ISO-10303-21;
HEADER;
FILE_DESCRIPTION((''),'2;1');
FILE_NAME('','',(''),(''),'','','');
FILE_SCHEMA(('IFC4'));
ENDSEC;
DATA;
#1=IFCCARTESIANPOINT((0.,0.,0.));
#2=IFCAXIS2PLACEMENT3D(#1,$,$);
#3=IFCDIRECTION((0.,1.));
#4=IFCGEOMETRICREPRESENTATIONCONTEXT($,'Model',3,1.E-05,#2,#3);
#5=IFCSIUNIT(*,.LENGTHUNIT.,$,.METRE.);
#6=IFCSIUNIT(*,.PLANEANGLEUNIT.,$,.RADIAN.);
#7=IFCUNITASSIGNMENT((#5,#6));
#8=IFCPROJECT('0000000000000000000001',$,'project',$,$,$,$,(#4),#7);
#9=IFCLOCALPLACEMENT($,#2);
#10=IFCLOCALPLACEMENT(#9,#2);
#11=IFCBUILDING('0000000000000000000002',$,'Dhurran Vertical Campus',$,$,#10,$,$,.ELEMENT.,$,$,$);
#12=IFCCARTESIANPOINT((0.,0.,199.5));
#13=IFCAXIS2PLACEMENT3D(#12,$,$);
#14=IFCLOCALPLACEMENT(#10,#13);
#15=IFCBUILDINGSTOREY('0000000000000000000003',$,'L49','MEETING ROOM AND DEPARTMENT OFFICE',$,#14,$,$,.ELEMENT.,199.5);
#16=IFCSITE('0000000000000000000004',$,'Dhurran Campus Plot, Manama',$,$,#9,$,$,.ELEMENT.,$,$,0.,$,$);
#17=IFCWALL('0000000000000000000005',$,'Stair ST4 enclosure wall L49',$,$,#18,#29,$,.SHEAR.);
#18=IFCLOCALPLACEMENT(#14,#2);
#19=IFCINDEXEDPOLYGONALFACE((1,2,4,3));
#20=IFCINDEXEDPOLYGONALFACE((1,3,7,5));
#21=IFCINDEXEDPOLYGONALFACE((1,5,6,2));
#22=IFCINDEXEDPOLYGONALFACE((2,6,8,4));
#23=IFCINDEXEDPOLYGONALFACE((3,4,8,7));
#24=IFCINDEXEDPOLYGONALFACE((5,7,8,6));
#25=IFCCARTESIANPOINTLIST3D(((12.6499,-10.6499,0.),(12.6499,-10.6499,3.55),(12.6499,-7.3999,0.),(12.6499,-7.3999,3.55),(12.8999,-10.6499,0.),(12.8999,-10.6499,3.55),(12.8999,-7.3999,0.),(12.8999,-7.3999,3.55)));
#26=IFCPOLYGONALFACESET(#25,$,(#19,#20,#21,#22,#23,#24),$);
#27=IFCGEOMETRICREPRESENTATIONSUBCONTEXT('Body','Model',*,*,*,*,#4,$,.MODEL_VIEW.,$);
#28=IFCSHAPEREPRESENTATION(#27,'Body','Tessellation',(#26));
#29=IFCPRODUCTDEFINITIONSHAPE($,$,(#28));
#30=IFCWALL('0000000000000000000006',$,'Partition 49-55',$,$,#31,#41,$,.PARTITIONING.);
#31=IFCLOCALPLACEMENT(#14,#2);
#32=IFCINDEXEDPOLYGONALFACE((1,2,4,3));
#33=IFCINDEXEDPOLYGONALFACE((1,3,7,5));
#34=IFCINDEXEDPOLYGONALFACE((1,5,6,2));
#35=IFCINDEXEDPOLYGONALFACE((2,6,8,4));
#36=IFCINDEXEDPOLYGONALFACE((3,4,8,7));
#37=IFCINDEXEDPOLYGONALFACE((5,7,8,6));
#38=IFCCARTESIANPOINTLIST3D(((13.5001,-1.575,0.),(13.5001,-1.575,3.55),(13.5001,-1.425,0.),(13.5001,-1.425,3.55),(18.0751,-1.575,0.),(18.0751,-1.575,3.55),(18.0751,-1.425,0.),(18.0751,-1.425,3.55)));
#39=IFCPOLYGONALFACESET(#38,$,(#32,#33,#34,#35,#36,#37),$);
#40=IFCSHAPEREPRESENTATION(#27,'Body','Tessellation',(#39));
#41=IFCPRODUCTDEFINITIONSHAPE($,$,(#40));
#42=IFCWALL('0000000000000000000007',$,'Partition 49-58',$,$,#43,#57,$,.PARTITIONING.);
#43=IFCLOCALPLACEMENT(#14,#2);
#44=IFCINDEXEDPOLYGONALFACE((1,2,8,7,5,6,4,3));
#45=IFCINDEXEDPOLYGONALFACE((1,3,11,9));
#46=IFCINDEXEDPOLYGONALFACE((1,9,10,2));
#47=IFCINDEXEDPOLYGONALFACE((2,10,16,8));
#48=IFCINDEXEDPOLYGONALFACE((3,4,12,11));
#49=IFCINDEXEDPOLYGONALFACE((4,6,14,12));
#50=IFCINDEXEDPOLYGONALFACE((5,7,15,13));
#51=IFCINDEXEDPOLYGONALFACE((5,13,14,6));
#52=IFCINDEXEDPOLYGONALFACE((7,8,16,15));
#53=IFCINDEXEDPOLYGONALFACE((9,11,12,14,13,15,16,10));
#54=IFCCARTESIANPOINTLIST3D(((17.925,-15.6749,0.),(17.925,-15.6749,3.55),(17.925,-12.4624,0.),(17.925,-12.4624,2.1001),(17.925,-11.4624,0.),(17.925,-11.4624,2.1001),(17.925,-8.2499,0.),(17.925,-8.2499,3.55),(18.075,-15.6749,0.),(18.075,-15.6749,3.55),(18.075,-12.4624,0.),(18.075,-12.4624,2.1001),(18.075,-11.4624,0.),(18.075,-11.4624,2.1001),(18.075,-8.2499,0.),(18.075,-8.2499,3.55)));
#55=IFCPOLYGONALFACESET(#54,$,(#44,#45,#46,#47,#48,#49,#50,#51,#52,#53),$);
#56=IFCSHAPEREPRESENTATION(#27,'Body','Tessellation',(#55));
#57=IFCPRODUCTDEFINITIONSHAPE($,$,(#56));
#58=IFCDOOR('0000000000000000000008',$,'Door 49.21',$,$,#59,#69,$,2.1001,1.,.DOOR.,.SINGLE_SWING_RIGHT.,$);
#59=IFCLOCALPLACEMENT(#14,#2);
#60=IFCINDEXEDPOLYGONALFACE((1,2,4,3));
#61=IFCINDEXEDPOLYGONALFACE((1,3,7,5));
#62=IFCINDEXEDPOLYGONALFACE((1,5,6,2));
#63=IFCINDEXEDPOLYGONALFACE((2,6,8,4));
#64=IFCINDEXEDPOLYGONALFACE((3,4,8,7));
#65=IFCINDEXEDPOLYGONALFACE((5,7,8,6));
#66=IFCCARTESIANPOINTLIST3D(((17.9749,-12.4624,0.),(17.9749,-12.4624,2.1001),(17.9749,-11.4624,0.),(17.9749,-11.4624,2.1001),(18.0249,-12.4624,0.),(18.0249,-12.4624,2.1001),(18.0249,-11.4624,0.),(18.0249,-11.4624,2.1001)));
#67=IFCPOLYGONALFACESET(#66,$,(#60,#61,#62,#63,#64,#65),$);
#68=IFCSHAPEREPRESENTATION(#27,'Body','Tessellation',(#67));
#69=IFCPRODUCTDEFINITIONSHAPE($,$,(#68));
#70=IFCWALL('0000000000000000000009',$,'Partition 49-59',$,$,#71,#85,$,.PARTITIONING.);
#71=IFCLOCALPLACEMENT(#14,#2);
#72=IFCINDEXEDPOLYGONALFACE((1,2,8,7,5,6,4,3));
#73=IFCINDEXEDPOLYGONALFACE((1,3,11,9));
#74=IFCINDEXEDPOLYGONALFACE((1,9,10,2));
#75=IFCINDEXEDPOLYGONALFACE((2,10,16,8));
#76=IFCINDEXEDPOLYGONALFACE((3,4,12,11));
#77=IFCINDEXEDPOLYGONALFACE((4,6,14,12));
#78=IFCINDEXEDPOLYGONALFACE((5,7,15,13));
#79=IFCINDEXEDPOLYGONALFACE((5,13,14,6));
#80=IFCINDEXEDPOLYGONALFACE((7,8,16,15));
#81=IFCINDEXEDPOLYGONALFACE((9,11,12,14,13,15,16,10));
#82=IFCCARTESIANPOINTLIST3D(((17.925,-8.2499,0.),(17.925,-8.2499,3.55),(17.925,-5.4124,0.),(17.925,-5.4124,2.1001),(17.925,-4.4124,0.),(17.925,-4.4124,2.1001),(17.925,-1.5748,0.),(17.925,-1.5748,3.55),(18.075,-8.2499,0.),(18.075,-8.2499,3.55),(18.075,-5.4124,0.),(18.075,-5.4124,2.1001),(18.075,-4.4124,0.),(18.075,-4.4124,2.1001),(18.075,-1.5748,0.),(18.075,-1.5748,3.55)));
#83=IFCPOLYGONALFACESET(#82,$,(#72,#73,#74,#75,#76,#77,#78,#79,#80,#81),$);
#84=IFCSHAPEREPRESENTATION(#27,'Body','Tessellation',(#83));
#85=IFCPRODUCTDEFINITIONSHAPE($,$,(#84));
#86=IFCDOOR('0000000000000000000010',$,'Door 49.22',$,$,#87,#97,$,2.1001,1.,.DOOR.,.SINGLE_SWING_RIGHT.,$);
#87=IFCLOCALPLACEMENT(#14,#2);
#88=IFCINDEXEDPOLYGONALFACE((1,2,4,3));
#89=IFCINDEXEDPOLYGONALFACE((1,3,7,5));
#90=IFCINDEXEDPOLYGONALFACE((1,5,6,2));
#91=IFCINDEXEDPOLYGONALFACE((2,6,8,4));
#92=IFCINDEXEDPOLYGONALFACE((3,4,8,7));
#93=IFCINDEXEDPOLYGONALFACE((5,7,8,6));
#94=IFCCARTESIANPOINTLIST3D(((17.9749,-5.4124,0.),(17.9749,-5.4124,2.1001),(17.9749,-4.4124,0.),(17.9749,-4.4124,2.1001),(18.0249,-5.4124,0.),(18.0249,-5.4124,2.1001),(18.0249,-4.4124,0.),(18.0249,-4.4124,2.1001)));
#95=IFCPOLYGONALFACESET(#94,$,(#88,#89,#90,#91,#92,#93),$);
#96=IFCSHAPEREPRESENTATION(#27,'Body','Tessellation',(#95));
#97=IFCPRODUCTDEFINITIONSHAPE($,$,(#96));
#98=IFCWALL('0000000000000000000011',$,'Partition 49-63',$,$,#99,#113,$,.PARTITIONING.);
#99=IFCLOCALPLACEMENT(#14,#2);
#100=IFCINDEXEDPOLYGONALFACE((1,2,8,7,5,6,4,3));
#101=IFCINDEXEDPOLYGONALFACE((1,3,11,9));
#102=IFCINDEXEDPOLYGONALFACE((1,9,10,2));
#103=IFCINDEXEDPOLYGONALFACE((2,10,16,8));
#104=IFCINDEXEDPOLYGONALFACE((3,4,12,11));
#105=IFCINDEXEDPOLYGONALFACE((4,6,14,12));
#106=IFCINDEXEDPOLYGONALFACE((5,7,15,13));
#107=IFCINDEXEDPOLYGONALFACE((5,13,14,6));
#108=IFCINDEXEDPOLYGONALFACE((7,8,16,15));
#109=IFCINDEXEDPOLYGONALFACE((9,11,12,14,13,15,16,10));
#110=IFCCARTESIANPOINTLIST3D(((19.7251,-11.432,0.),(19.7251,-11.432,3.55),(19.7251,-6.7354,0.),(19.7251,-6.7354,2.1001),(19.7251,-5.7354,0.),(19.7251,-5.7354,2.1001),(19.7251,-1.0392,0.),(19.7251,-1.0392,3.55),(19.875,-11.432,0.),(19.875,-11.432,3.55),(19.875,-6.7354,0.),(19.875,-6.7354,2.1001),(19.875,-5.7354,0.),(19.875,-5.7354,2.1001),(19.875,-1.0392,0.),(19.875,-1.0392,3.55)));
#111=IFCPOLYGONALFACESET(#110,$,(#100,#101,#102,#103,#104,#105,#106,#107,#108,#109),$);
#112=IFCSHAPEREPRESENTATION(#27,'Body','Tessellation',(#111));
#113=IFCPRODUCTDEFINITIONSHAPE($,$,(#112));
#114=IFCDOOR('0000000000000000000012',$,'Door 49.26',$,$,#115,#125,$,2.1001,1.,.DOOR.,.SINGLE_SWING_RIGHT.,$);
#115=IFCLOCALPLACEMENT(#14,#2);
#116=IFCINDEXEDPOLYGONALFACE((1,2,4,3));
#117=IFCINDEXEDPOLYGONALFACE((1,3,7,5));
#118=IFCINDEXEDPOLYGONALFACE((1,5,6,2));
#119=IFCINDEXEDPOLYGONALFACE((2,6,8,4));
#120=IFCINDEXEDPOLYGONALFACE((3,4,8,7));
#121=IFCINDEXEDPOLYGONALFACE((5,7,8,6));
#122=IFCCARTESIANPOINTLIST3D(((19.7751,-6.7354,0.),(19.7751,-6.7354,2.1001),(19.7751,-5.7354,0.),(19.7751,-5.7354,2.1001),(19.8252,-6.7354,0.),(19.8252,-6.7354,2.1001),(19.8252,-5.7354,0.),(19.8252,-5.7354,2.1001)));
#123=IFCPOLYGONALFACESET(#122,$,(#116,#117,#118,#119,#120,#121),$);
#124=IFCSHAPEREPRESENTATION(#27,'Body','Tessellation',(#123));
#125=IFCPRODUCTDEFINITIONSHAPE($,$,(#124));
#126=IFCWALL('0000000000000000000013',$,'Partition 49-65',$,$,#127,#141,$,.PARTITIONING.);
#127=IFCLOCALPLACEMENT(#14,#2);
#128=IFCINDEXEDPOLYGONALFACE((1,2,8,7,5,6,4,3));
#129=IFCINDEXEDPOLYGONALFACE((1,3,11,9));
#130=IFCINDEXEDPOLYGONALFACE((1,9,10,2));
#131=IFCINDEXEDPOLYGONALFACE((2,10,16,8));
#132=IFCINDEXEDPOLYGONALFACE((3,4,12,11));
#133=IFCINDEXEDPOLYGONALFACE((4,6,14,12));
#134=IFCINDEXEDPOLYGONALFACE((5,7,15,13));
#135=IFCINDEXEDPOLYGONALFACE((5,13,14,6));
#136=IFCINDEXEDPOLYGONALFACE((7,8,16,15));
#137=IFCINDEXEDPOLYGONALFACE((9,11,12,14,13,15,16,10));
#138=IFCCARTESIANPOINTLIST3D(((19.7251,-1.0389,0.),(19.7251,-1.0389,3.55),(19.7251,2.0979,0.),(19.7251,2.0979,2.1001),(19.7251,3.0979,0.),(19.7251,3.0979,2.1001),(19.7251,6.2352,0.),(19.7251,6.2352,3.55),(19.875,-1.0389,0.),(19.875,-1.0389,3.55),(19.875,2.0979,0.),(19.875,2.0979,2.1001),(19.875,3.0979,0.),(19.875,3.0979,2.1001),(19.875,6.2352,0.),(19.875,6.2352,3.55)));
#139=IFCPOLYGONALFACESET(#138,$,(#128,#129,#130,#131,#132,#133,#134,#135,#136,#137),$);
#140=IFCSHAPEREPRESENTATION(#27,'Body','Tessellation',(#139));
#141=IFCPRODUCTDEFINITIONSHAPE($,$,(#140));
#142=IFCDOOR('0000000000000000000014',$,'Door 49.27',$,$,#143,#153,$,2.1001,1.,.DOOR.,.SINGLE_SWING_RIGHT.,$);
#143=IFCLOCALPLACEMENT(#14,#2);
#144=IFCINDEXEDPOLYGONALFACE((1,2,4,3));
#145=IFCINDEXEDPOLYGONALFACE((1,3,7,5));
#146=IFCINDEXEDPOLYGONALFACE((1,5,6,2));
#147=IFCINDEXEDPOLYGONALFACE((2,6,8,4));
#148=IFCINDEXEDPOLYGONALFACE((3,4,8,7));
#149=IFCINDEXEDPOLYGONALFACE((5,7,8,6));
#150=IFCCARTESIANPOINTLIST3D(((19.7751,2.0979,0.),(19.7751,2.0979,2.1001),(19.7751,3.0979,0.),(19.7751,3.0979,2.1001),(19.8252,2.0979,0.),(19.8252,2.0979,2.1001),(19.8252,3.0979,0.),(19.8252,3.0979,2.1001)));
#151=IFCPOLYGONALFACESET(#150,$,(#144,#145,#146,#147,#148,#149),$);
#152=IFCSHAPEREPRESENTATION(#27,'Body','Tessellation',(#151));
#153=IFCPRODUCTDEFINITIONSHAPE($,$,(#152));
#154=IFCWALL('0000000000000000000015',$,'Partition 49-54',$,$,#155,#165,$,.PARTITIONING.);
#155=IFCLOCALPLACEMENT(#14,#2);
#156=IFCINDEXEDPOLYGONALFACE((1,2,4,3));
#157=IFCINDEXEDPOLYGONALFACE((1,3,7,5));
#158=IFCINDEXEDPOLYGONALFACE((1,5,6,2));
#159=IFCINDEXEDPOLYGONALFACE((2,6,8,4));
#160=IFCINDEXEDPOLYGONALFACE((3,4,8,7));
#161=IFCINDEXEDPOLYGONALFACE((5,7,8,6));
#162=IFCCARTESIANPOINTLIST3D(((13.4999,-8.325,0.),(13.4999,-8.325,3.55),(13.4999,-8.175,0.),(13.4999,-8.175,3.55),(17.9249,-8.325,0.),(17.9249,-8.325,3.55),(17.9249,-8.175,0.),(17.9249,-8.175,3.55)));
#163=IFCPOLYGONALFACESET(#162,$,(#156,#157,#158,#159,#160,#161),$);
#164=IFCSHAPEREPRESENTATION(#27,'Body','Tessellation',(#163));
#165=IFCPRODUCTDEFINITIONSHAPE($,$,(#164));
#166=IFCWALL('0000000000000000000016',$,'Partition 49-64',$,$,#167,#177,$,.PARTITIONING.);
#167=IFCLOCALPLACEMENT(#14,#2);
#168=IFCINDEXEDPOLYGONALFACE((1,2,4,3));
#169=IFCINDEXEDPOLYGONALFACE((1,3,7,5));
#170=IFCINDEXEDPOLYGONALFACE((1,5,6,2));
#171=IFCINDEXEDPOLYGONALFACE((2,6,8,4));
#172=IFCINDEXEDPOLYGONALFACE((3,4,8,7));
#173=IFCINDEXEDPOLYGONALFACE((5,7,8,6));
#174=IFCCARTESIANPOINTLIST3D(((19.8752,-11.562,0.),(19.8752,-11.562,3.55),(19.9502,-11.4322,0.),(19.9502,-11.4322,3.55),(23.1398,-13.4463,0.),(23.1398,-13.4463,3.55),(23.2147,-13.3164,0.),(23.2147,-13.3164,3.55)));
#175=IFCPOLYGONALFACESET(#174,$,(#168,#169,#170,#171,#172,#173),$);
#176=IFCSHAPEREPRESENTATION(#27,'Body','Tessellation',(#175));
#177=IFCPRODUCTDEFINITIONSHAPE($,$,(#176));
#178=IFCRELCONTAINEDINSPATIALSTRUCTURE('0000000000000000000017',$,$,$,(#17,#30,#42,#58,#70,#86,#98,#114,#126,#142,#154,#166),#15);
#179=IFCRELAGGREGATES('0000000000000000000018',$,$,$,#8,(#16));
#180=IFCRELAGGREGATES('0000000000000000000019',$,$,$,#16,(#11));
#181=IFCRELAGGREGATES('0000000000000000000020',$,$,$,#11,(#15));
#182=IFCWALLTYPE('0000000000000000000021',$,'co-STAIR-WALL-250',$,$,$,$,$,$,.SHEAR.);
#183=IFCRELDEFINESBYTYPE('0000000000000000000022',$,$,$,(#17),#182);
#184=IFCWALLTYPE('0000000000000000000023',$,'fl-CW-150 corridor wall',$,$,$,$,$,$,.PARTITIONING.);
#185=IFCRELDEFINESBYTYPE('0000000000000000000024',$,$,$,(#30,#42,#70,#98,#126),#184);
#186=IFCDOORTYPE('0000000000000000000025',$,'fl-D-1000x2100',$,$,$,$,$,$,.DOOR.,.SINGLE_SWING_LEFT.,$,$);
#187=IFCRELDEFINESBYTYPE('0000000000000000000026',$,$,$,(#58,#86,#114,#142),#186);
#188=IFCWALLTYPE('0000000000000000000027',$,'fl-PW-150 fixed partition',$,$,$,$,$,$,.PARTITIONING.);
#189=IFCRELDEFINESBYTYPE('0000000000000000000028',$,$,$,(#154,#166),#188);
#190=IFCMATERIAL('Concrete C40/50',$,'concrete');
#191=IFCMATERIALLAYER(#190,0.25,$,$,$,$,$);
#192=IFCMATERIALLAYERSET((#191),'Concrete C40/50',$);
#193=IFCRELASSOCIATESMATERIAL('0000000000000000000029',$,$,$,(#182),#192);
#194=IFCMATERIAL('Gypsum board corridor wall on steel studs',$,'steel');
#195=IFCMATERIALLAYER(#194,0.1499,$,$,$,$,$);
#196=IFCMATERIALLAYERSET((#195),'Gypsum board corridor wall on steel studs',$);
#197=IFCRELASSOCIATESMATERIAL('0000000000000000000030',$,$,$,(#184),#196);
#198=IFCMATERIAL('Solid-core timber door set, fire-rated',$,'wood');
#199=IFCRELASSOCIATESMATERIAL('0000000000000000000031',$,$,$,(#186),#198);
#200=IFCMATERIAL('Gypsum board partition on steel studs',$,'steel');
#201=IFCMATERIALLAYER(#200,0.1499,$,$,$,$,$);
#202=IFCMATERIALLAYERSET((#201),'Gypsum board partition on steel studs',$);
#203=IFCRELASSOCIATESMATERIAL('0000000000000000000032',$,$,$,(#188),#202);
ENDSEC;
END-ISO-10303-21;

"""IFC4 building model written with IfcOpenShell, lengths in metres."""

from ifc_helpers import new_model, si_unit, direction, frame, frame_2d, origin, place, context, subcontext, project, spatial, rectangle, extrude, material, layer, layer_set, type_object, element, fill, save


model = new_model("IFC4")

# Units and contexts
model_context = context("Model", 3, precision=1e-05, world=origin(), true_north=direction((0.0, 1.0)))
body_context = subcontext(model_context, "Body", "Model", "MODEL_VIEW")
ifc_project = project(units=[si_unit("LENGTHUNIT", "METRE"), si_unit("PLANEANGLEUNIT", "RADIAN")], contexts=[model_context])

# Site, building, storey
site_placement = place(None, origin())
site = spatial("IfcSite", under=ifc_project, at=site_placement, Name="Dhurran Campus Plot, Manama", CompositionType="ELEMENT", RefElevation=0.0)
building_placement = place(site_placement, origin())
building = spatial("IfcBuilding", under=site, at=building_placement, Name="Dhurran Vertical Campus", CompositionType="ELEMENT")
storey_placement = place(building_placement, frame((0.0, 0.0, 199.5)))
storey = spatial("IfcBuildingStorey", under=building, at=storey_placement, Name="L49", Description="MEETING ROOM AND DEPARTMENT OFFICE", CompositionType="ELEMENT", Elevation=199.5)

# Walls
ifc_material_1 = material(Name="Concrete C40/50", Category="concrete")
ifc_layer_1 = layer(ifc_material_1, 0.25)
ifc_layer_set_1 = layer_set([ifc_layer_1], Name="Concrete C40/50")
wall_type_1 = type_object("IfcWallType", Name="co-STAIR-WALL-250", PredefinedType="SHEAR", material=ifc_layer_set_1)
wall_1_placement = place(storey_placement, frame((12.7749, -10.6499, 0.0), z_axis=(0.0, 0.0, 1.0), x_axis=(0.0, 1.0, 0.0)))
element("IfcWall", 1, at=wall_1_placement, inside=storey, type_object=wall_type_1, Name="Stair ST4 enclosure wall L49", PredefinedType="SHEAR", context=body_context, shape_type="SweptSolid", body=[
    extrude(rectangle(XDim=3.25, YDim=0.25, at=frame_2d((1.625, 0.0))), origin(), (0.0, 0.0, 1.0), 3.55),
])
ifc_material_2 = material(Name="Gypsum board corridor wall on steel studs", Category="steel")
ifc_layer_2 = layer(ifc_material_2, 0.1499)
ifc_layer_set_2 = layer_set([ifc_layer_2], Name="Gypsum board corridor wall on steel studs")
wall_type_2 = type_object("IfcWallType", Name="fl-CW-150 corridor wall", PredefinedType="PARTITIONING", material=ifc_layer_set_2)
wall_2_placement = place(storey_placement, frame((13.5, -1.5, 0.0), z_axis=(0.0, 0.0, 1.0), x_axis=(1.0, 0.0, 0.0)))
element("IfcWall", 2, at=wall_2_placement, inside=storey, type_object=wall_type_2, Name="Partition 49-55", PredefinedType="PARTITIONING", context=body_context, shape_type="SweptSolid", body=[
    extrude(rectangle(XDim=4.575, YDim=0.1499, at=frame_2d((2.2876, 0.0))), origin(), (0.0, 0.0, 1.0), 3.55),
])

# Walls, openings, doors
wall_3_placement = place(storey_placement, frame((18.0, -8.25, 0.0), z_axis=(0.0, 0.0, 1.0), x_axis=(0.0, -1.0, 0.0)))
wall_3 = element("IfcWall", 3, at=wall_3_placement, inside=storey, type_object=wall_type_2, Name="Partition 49-58", PredefinedType="PARTITIONING", context=body_context, shape_type="SweptSolid", body=[
    extrude(rectangle(XDim=7.425, YDim=0.1499, at=frame_2d((3.7124, 0.0))), origin(), (0.0, 0.0, 1.0), 3.55),
])
opening_1_placement = place(wall_3_placement, frame((3.2124, 0.0, 0.0)))
opening_1 = element("IfcOpeningElement", 4, at=opening_1_placement, cuts=wall_3, PredefinedType="OPENING", context=body_context, shape_type="SweptSolid", body=[
    extrude(rectangle(XDim=1.0, YDim=2.1001, at=frame_2d((0.5, 1.05))), frame((0.0, 0.085, 0.0), z_axis=(0.0, -1.0, 0.0), x_axis=(1.0, 0.0, 0.0)), (0.0, 0.0, 1.0), 0.1699),
])
ifc_material_3 = material(Name="Solid-core timber door set, fire-rated", Category="wood")
door_type_1 = type_object("IfcDoorType", Name="fl-D-1000x2100", OperationType="SINGLE_SWING_LEFT", PredefinedType="DOOR", material=ifc_material_3)
door_1_placement = place(opening_1_placement, origin())
door_1 = element("IfcDoor", 5, at=door_1_placement, inside=storey, type_object=door_type_1, Name="Door 49.21", OperationType="SINGLE_SWING_RIGHT", OverallHeight=2.1001, OverallWidth=1.0, PredefinedType="DOOR", context=body_context, shape_type="SweptSolid", body=[
    extrude(rectangle(XDim=1.0, YDim=2.1001, at=frame_2d((0.5, 1.05))), frame((0.0, 0.0249, 0.0), z_axis=(0.0, -1.0, 0.0), x_axis=(1.0, 0.0, 0.0)), (0.0, 0.0, 1.0), 0.05),
])
fill(opening_1, door_1)
wall_4_placement = place(storey_placement, frame((18.0, -1.575, 0.0), z_axis=(0.0, 0.0, 1.0), x_axis=(0.0, -1.0, 0.0)))
wall_4 = element("IfcWall", 6, at=wall_4_placement, inside=storey, type_object=wall_type_2, Name="Partition 49-59", PredefinedType="PARTITIONING", context=body_context, shape_type="SweptSolid", body=[
    extrude(rectangle(XDim=6.675, YDim=0.1499, at=frame_2d((3.3374, 0.0))), origin(), (0.0, 0.0, 1.0), 3.55),
])
opening_2_placement = place(wall_4_placement, frame((2.8374, 0.0, 0.0)))
opening_2 = element("IfcOpeningElement", 7, at=opening_2_placement, cuts=wall_4, PredefinedType="OPENING", context=body_context, shape_type="SweptSolid", body=[
    extrude(rectangle(XDim=1.0, YDim=2.1001, at=frame_2d((0.5, 1.05))), frame((0.0, 0.085, 0.0), z_axis=(0.0, -1.0, 0.0), x_axis=(1.0, 0.0, 0.0)), (0.0, 0.0, 1.0), 0.1699),
])
door_2_placement = place(opening_2_placement, origin())
door_2 = element("IfcDoor", 8, at=door_2_placement, inside=storey, type_object=door_type_1, Name="Door 49.22", OperationType="SINGLE_SWING_RIGHT", OverallHeight=2.1001, OverallWidth=1.0, PredefinedType="DOOR", context=body_context, shape_type="SweptSolid", body=[
    extrude(rectangle(XDim=1.0, YDim=2.1001, at=frame_2d((0.5, 1.05))), frame((0.0, 0.0249, 0.0), z_axis=(0.0, -1.0, 0.0), x_axis=(1.0, 0.0, 0.0)), (0.0, 0.0, 1.0), 0.05),
])
fill(opening_2, door_2)
wall_5_placement = place(storey_placement, frame((19.8, -11.4319, 0.0), z_axis=(0.0, 0.0, 1.0), x_axis=(0.0, 1.0, 0.0)))
wall_5 = element("IfcWall", 9, at=wall_5_placement, inside=storey, type_object=wall_type_2, Name="Partition 49-63", PredefinedType="PARTITIONING", context=body_context, shape_type="SweptSolid", body=[
    extrude(rectangle(XDim=10.3928, YDim=0.1499, at=frame_2d((5.1963, 0.0))), origin(), (0.0, 0.0, 1.0), 3.55),
])
opening_3_placement = place(wall_5_placement, frame((4.6965, 0.0, 0.0)))
opening_3 = element("IfcOpeningElement", 10, at=opening_3_placement, cuts=wall_5, PredefinedType="OPENING", context=body_context, shape_type="SweptSolid", body=[
    extrude(rectangle(XDim=1.0, YDim=2.1001, at=frame_2d((0.5, 1.05))), frame((0.0, 0.085, 0.0), z_axis=(0.0, -1.0, 0.0), x_axis=(1.0, 0.0, 0.0)), (0.0, 0.0, 1.0), 0.1699),
])
door_3_placement = place(opening_3_placement, origin())
door_3 = element("IfcDoor", 11, at=door_3_placement, inside=storey, type_object=door_type_1, Name="Door 49.26", OperationType="SINGLE_SWING_RIGHT", OverallHeight=2.1001, OverallWidth=1.0, PredefinedType="DOOR", context=body_context, shape_type="SweptSolid", body=[
    extrude(rectangle(XDim=1.0, YDim=2.1001, at=frame_2d((0.5, 1.05))), frame((0.0, 0.0249, 0.0), z_axis=(0.0, -1.0, 0.0), x_axis=(1.0, 0.0, 0.0)), (0.0, 0.0, 1.0), 0.05),
])
fill(opening_3, door_3)
wall_6_placement = place(storey_placement, frame((19.8, -1.0391, 0.0), z_axis=(0.0, 0.0, 1.0), x_axis=(0.0, 1.0, 0.0)))
wall_6 = element("IfcWall", 12, at=wall_6_placement, inside=storey, type_object=wall_type_2, Name="Partition 49-65", PredefinedType="PARTITIONING", context=body_context, shape_type="SweptSolid", body=[
    extrude(rectangle(XDim=7.2742, YDim=0.1499, at=frame_2d((3.6372, 0.0))), origin(), (0.0, 0.0, 1.0), 3.55),
])
opening_4_placement = place(wall_6_placement, frame((3.137, 0.0, 0.0)))
opening_4 = element("IfcOpeningElement", 13, at=opening_4_placement, cuts=wall_6, PredefinedType="OPENING", context=body_context, shape_type="SweptSolid", body=[
    extrude(rectangle(XDim=1.0, YDim=2.1001, at=frame_2d((0.5, 1.05))), frame((0.0, 0.085, 0.0), z_axis=(0.0, -1.0, 0.0), x_axis=(1.0, 0.0, 0.0)), (0.0, 0.0, 1.0), 0.1699),
])
door_4_placement = place(opening_4_placement, origin())
door_4 = element("IfcDoor", 14, at=door_4_placement, inside=storey, type_object=door_type_1, Name="Door 49.27", OperationType="SINGLE_SWING_RIGHT", OverallHeight=2.1001, OverallWidth=1.0, PredefinedType="DOOR", context=body_context, shape_type="SweptSolid", body=[
    extrude(rectangle(XDim=1.0, YDim=2.1001, at=frame_2d((0.5, 1.05))), frame((0.0, 0.0249, 0.0), z_axis=(0.0, -1.0, 0.0), x_axis=(1.0, 0.0, 0.0)), (0.0, 0.0, 1.0), 0.05),
])
fill(opening_4, door_4)

# Walls
ifc_material_4 = material(Name="Gypsum board partition on steel studs", Category="steel")
ifc_layer_3 = layer(ifc_material_4, 0.1499)
ifc_layer_set_3 = layer_set([ifc_layer_3], Name="Gypsum board partition on steel studs")
wall_type_3 = type_object("IfcWallType", Name="fl-PW-150 fixed partition", PredefinedType="PARTITIONING", material=ifc_layer_set_3)
wall_7_placement = place(storey_placement, frame((13.5, -8.25, 0.0), z_axis=(0.0, 0.0, 1.0), x_axis=(1.0, 0.0, 0.0)))
element("IfcWall", 15, at=wall_7_placement, inside=storey, type_object=wall_type_3, Name="Partition 49-54", PredefinedType="PARTITIONING", context=body_context, shape_type="SweptSolid", body=[
    extrude(rectangle(XDim=4.425, YDim=0.1499, at=frame_2d((2.2124, 0.0))), origin(), (0.0, 0.0, 1.0), 3.55),
])
wall_8_placement = place(storey_placement, frame((19.9126, -11.4971, 0.0), z_axis=(0.0, 0.0, 1.0), x_axis=(0.866091, -0.499887, 0.0)))
element("IfcWall", 16, at=wall_8_placement, inside=storey, type_object=wall_type_3, Name="Partition 49-64", PredefinedType="PARTITIONING", context=body_context, shape_type="SweptSolid", body=[
    extrude(rectangle(XDim=3.7693, YDim=0.1499, at=frame_2d((1.8848, 0.0))), origin(), (0.0, 0.0, 1.0), 3.55),
])

save(model, "model.ifc")
